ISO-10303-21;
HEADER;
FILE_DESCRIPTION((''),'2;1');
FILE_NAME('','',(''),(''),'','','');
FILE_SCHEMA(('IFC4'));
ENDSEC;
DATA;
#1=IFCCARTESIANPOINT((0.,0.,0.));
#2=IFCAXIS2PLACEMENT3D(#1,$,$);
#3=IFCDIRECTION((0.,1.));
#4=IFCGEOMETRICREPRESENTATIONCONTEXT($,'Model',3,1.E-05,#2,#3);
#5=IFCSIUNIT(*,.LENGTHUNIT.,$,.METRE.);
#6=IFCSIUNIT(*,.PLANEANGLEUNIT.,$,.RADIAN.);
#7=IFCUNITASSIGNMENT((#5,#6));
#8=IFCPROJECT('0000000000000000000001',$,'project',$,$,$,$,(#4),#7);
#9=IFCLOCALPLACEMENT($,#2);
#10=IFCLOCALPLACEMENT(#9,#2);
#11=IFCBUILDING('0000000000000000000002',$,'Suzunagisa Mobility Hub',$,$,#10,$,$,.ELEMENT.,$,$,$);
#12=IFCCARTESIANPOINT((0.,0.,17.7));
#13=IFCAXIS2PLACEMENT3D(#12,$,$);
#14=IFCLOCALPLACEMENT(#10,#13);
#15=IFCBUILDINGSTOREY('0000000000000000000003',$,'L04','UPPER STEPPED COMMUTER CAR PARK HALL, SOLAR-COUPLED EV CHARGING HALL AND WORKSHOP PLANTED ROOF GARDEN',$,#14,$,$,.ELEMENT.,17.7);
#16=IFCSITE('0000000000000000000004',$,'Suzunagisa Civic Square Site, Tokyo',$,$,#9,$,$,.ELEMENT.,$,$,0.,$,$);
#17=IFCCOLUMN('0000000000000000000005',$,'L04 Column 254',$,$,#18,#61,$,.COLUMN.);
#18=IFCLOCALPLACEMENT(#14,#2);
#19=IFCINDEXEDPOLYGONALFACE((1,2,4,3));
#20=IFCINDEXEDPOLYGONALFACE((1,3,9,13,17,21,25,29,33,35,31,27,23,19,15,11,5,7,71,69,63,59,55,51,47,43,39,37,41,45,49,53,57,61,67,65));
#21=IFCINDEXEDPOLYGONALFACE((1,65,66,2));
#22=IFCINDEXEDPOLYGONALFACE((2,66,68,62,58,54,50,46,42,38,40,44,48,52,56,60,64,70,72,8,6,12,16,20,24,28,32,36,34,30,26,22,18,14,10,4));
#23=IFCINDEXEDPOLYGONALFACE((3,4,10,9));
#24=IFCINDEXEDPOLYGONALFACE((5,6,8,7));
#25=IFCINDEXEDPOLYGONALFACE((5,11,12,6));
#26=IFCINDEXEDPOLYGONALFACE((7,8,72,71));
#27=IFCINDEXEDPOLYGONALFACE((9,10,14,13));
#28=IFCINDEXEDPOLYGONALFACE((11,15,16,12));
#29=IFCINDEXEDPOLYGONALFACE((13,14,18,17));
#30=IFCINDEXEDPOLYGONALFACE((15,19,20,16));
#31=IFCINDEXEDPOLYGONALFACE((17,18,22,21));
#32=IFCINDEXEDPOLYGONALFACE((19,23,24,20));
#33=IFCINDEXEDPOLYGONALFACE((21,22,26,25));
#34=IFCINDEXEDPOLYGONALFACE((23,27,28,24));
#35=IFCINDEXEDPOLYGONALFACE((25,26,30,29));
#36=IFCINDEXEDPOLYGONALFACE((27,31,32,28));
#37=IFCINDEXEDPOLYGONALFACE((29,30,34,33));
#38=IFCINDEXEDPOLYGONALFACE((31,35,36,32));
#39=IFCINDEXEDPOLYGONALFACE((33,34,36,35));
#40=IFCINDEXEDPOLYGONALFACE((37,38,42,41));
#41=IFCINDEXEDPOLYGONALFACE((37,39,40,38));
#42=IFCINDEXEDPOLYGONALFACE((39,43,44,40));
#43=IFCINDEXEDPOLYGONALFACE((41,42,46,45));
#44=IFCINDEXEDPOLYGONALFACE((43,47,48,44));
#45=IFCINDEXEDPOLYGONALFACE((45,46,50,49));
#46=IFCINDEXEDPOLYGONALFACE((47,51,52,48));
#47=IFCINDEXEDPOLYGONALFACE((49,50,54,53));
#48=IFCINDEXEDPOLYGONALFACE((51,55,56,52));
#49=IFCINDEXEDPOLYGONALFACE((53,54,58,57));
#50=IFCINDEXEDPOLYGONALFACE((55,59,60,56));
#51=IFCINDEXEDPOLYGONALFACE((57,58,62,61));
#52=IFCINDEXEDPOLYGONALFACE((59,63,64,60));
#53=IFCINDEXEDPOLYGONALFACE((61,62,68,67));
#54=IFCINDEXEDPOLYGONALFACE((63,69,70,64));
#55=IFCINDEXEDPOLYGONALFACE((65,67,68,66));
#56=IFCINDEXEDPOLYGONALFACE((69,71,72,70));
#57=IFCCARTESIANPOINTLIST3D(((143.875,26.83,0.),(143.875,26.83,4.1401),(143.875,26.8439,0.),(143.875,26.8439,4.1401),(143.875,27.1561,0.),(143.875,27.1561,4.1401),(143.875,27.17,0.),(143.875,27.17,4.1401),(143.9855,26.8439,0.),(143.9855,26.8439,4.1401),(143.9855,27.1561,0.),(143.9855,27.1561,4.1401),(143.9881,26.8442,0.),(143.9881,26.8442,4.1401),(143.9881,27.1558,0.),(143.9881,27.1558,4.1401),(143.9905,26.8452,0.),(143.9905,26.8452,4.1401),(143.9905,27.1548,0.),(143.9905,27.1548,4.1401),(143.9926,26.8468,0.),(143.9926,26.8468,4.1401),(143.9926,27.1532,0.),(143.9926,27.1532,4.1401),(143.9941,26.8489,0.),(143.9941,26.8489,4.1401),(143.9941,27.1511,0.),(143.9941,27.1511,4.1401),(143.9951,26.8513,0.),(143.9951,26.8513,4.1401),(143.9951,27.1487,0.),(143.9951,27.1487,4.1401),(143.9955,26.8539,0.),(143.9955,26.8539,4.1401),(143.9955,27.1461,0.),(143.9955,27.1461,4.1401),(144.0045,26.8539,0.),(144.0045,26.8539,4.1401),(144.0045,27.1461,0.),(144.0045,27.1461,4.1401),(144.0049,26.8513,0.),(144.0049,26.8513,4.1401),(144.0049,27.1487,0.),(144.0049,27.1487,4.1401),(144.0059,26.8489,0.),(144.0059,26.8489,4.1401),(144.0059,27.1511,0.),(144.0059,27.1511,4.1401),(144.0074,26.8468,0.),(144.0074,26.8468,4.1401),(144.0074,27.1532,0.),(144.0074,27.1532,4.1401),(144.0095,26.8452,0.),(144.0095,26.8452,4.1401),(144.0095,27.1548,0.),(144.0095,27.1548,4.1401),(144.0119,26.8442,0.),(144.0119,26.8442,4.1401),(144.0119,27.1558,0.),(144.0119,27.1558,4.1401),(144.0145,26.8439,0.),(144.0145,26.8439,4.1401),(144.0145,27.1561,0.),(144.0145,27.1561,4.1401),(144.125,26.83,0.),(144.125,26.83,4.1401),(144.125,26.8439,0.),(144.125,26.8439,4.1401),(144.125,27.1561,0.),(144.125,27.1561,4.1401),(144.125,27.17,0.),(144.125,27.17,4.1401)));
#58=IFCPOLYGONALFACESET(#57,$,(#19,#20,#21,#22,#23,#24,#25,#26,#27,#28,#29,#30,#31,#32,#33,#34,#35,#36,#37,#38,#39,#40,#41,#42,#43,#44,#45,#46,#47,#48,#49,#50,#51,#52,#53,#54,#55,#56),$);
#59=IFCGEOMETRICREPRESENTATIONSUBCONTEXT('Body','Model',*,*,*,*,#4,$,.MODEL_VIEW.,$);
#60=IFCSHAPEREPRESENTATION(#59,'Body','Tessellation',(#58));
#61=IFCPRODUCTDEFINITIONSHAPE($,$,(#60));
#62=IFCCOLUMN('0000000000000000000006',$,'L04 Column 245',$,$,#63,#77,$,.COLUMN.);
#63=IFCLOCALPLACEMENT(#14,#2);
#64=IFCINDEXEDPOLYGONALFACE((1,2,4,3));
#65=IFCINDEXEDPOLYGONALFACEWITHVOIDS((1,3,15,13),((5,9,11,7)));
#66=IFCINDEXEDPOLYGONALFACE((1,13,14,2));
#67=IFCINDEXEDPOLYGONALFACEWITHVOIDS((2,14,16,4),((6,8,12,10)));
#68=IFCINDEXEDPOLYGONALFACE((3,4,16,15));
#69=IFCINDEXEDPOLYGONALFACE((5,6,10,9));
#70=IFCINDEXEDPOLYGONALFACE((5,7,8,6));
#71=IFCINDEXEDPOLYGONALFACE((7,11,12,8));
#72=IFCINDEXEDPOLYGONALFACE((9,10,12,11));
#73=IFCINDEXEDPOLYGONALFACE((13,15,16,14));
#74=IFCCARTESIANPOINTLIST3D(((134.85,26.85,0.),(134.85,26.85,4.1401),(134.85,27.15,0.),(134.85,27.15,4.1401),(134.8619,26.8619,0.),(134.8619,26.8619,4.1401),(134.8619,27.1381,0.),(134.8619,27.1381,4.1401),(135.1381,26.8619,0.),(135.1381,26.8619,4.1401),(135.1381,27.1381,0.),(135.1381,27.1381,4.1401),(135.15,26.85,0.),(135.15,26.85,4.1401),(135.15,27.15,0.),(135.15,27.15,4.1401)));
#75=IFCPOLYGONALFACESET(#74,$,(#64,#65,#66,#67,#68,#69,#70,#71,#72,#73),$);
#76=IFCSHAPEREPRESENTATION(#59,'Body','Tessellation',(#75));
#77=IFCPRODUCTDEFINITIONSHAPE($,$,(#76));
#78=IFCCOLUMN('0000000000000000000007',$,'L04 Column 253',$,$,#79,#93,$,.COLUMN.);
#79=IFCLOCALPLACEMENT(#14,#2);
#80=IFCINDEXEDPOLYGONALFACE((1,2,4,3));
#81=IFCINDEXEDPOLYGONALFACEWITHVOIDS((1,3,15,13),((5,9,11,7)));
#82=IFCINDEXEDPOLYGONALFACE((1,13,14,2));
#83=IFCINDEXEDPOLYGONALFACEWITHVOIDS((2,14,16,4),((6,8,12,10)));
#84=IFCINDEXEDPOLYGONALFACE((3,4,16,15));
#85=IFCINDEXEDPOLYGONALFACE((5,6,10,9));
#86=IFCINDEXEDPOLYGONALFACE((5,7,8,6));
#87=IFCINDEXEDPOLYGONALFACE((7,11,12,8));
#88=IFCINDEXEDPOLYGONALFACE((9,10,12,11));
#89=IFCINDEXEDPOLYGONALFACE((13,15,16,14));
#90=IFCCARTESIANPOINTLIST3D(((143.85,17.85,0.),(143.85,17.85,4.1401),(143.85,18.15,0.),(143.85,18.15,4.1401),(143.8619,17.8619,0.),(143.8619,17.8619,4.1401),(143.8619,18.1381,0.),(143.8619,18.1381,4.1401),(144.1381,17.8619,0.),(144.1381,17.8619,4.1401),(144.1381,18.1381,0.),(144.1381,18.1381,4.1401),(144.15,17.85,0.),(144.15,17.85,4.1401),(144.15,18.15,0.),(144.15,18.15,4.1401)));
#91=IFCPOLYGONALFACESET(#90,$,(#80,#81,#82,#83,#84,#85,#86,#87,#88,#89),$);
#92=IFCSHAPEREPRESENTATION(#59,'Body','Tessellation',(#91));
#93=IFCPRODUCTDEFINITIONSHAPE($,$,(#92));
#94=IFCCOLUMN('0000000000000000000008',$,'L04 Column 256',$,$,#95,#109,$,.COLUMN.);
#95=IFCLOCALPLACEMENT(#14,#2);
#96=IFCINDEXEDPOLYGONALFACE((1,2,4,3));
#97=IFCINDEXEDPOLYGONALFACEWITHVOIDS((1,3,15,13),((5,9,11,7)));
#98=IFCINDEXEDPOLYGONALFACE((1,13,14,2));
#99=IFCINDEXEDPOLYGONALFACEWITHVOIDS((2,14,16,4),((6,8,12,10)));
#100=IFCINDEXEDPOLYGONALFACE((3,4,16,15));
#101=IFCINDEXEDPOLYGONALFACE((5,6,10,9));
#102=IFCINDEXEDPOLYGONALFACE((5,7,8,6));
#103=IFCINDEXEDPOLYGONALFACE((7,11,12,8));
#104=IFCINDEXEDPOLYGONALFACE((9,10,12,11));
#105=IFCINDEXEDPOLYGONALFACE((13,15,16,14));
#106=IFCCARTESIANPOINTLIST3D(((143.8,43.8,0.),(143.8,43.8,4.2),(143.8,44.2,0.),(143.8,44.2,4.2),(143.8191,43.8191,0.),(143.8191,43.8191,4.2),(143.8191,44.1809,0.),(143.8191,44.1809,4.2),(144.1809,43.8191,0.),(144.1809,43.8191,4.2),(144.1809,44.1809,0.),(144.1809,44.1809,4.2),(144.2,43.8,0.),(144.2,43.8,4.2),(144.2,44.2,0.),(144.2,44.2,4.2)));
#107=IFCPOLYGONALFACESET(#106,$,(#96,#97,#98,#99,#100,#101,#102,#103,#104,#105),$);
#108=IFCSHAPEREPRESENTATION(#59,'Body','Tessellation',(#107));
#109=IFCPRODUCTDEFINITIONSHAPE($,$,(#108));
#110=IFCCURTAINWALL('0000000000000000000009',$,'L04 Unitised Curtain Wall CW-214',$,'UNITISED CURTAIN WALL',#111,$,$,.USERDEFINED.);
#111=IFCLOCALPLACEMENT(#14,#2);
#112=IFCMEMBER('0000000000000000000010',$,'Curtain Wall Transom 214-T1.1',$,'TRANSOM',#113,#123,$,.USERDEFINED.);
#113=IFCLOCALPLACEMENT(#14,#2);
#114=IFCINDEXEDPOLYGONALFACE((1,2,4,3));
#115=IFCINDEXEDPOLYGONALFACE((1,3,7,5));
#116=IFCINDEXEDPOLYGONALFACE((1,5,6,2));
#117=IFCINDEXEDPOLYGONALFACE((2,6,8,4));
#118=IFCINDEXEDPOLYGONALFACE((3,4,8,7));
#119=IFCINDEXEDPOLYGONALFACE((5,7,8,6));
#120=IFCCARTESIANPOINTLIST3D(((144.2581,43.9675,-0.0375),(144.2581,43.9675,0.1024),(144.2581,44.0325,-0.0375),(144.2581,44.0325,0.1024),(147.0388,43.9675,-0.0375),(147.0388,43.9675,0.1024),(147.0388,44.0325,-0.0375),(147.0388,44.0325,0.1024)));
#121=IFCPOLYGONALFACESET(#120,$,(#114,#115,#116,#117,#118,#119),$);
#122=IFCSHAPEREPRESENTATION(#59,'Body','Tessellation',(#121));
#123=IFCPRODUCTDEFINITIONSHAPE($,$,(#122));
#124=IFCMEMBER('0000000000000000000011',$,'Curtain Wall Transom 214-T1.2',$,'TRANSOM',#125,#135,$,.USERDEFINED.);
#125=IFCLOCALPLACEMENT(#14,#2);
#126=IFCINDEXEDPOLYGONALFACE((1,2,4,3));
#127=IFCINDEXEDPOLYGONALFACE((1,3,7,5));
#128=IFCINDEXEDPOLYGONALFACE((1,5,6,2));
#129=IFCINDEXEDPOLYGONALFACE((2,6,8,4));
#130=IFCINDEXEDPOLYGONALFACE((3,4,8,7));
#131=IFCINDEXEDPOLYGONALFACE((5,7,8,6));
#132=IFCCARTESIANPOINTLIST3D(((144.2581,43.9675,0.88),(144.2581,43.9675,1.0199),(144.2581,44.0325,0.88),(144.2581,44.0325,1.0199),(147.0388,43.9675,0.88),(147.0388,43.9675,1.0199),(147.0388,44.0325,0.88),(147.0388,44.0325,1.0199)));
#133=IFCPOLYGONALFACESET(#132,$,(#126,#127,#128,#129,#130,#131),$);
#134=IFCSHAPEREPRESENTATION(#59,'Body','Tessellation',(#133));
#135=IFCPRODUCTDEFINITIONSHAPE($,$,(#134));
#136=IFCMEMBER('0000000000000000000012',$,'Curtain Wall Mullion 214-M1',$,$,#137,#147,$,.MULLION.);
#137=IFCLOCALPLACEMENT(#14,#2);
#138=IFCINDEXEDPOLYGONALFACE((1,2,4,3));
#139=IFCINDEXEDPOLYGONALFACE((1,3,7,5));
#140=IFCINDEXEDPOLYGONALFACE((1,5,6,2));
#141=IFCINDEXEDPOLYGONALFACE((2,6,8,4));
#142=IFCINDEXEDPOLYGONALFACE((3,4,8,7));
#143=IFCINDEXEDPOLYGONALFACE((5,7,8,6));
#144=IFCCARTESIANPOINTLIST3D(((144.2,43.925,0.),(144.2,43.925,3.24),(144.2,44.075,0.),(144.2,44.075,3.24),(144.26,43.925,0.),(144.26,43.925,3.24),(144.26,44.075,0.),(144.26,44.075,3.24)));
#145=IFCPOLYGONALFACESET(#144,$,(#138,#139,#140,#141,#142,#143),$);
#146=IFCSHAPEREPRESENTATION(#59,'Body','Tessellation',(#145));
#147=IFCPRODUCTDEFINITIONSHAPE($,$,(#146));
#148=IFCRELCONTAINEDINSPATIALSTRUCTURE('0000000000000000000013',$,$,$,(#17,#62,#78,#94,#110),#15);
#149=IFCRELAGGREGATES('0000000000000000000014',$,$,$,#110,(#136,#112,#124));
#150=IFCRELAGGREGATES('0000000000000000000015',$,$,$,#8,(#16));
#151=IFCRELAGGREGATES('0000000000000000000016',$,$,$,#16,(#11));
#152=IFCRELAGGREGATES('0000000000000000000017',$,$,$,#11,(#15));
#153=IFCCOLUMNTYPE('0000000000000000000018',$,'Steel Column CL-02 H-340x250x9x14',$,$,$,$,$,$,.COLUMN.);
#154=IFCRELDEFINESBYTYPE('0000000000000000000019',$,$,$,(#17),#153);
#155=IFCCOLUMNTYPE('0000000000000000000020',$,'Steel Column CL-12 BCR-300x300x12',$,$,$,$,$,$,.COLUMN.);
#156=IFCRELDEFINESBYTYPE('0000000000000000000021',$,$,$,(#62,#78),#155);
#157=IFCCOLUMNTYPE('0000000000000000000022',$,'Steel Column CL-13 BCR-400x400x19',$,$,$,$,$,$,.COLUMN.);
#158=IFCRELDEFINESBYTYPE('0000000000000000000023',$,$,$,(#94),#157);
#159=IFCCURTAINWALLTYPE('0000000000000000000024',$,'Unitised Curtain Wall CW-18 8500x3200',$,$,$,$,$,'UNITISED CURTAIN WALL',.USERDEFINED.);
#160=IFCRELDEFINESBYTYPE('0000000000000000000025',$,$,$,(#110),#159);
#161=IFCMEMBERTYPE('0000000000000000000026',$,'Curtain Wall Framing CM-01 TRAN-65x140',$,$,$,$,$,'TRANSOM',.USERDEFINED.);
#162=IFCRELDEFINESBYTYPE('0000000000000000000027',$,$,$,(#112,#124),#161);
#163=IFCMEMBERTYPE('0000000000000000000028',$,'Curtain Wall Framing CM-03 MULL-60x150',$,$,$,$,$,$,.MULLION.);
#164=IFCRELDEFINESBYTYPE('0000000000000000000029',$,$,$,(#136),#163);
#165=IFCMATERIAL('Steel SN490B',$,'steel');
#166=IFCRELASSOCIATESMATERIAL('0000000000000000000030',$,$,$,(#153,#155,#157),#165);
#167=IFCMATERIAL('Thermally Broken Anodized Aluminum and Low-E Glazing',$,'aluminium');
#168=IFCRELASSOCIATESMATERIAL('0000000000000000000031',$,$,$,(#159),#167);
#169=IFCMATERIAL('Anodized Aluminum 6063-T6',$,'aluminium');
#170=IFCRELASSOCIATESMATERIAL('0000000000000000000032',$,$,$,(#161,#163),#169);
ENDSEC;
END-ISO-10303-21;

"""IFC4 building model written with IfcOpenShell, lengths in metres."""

from ifc_helpers import new_model, si_unit, direction, frame, origin, origin_2d, place, context, subcontext, project, spatial, rectangle, hollow_rectangle, i_section, extrude, material, material_profile, profile_set, type_object, element, aggregate, save


model = new_model("IFC4")

# Units and contexts
model_context = context("Model", 3, precision=1e-05, world=origin(), true_north=direction((0.0, 1.0)))
body_context = subcontext(model_context, "Body", "Model", "MODEL_VIEW")
ifc_project = project(units=[si_unit("LENGTHUNIT", "METRE"), si_unit("PLANEANGLEUNIT", "RADIAN")], contexts=[model_context])

# Site, building, storey
site_placement = place(None, origin())
site = spatial("IfcSite", under=ifc_project, at=site_placement, Name="Suzunagisa Civic Square Site, Tokyo", CompositionType="ELEMENT", RefElevation=0.0)
building_placement = place(site_placement, origin())
building = spatial("IfcBuilding", under=site, at=building_placement, Name="Suzunagisa Mobility Hub", CompositionType="ELEMENT")
storey_placement = place(building_placement, frame((0.0, 0.0, 17.7)))
storey = spatial("IfcBuildingStorey", under=building, at=storey_placement, Name="L04", Description="UPPER STEPPED COMMUTER CAR PARK HALL, SOLAR-COUPLED EV CHARGING HALL AND WORKSHOP PLANTED ROOF GARDEN", CompositionType="ELEMENT", Elevation=17.7)

# Columns
ifc_material_1 = material(Name="Steel SN490B", Category="steel")
ifc_material_profile_1 = material_profile(ifc_material_1, i_section(OverallWidth=0.25, OverallDepth=0.3401, WebThickness=0.009, FlangeThickness=0.0139, FilletRadius=0.01, at=origin_2d()), Name="H-340x250x9x14")
ifc_profile_set_1 = profile_set([ifc_material_profile_1], Name="Steel SN490B")
column_type_1 = type_object("IfcColumnType", Name="Steel Column CL-02 H-340x250x9x14", PredefinedType="COLUMN", material=ifc_profile_set_1)
column_1_placement = place(storey_placement, frame((144.0, 27.0, 0.0), z_axis=(0.0, 0.0, 1.0), x_axis=(1.0, 0.0, 0.0)))
element("IfcColumn", 1, at=column_1_placement, inside=storey, type_object=column_type_1, Name="L04 Column 254", PredefinedType="COLUMN", context=body_context, shape_type="SweptSolid", body=[
    extrude(i_section(OverallWidth=0.25, OverallDepth=0.3401, WebThickness=0.009, FlangeThickness=0.0139, FilletRadius=0.01, at=origin_2d()), origin(), (0.0, 0.0, 1.0), 4.1401),
])
ifc_material_profile_2 = material_profile(ifc_material_1, hollow_rectangle(XDim=0.3, YDim=0.3, WallThickness=0.012, at=origin_2d()), Name="BCR-300x300x12")
ifc_profile_set_2 = profile_set([ifc_material_profile_2], Name="Steel SN490B")
column_type_2 = type_object("IfcColumnType", Name="Steel Column CL-12 BCR-300x300x12", PredefinedType="COLUMN", material=ifc_profile_set_2)
for number, where, z_axis, x_axis, name in (
    (2, (135.0, 27.0, 0.0), (0.0, 0.0, 1.0), (1.0, 0.0, 0.0), "L04 Column 245"),
    (3, (144.0, 18.0, 0.0), (0.0, 0.0, 1.0), (1.0, 0.0, 0.0), "L04 Column 253"),
):
    element("IfcColumn", number, at=place(storey_placement, frame(where, z_axis=z_axis, x_axis=x_axis)), inside=storey, type_object=column_type_2, Name=name, PredefinedType="COLUMN", context=body_context, shape_type="SweptSolid", body=[
        extrude(hollow_rectangle(XDim=0.3, YDim=0.3, WallThickness=0.012, at=origin_2d()), origin(), (0.0, 0.0, 1.0), 4.1401),
    ])
ifc_material_profile_3 = material_profile(ifc_material_1, hollow_rectangle(XDim=0.3999, YDim=0.3999, WallThickness=0.019, at=origin_2d()), Name="BCR-400x400x19")
ifc_profile_set_3 = profile_set([ifc_material_profile_3], Name="Steel SN490B")
column_type_3 = type_object("IfcColumnType", Name="Steel Column CL-13 BCR-400x400x19", PredefinedType="COLUMN", material=ifc_profile_set_3)
column_2_placement = place(storey_placement, frame((144.0, 44.0, 0.0), z_axis=(0.0, 0.0, 1.0), x_axis=(1.0, 0.0, 0.0)))
element("IfcColumn", 4, at=column_2_placement, inside=storey, type_object=column_type_3, Name="L04 Column 256", PredefinedType="COLUMN", context=body_context, shape_type="SweptSolid", body=[
    extrude(hollow_rectangle(XDim=0.3999, YDim=0.3999, WallThickness=0.019, at=origin_2d()), origin(), (0.0, 0.0, 1.0), 4.2),
])

# Curtain wall, members
ifc_material_2 = material(Name="Thermally Broken Anodized Aluminum and Low-E Glazing", Category="aluminium")
curtain_wall_type = type_object("IfcCurtainWallType", Name="Unitised Curtain Wall CW-18 8500x3200", ElementType="UNITISED CURTAIN WALL", PredefinedType="USERDEFINED", material=ifc_material_2)
curtain_wall_placement = place(storey_placement, origin())
curtain_wall = element("IfcCurtainWall", 5, at=curtain_wall_placement, inside=storey, type_object=curtain_wall_type, Name="L04 Unitised Curtain Wall CW-214", ObjectType="UNITISED CURTAIN WALL", PredefinedType="USERDEFINED")
ifc_material_3 = material(Name="Anodized Aluminum 6063-T6", Category="aluminium")
ifc_material_profile_4 = material_profile(ifc_material_3, rectangle(XDim=0.0649, YDim=0.1399, at=origin_2d()), Name="TRAN-65x140")
ifc_profile_set_4 = profile_set([ifc_material_profile_4], Name="Anodized Aluminum 6063-T6")
member_type_1 = type_object("IfcMemberType", Name="Curtain Wall Framing CM-01 TRAN-65x140", ElementType="TRANSOM", PredefinedType="USERDEFINED", material=ifc_profile_set_4)
member_1_placement = place(storey_placement, frame((144.2581, 44.0, 0.0325), z_axis=(1.0, 0.0, 0.0), x_axis=(0.0, 1.0, 0.0)))
member_1 = element("IfcMember", 6, at=member_1_placement, type_object=member_type_1, Name="Curtain Wall Transom 214-T1.1", ObjectType="TRANSOM", PredefinedType="USERDEFINED", context=body_context, shape_type="SweptSolid", body=[
    extrude(rectangle(XDim=0.0649, YDim=0.1399, at=origin_2d()), origin(), (0.0, 0.0, 1.0), 2.7808),
])
member_2_placement = place(storey_placement, frame((144.2581, 44.0, 0.95), z_axis=(1.0, 0.0, 0.0), x_axis=(0.0, 1.0, 0.0)))
member_2 = element("IfcMember", 7, at=member_2_placement, type_object=member_type_1, Name="Curtain Wall Transom 214-T1.2", ObjectType="TRANSOM", PredefinedType="USERDEFINED", context=body_context, shape_type="SweptSolid", body=[
    extrude(rectangle(XDim=0.0649, YDim=0.1399, at=origin_2d()), origin(), (0.0, 0.0, 1.0), 2.7808),
])
ifc_material_profile_5 = material_profile(ifc_material_3, rectangle(XDim=0.0601, YDim=0.1499, at=origin_2d()), Name="MULL-60x150")
ifc_profile_set_5 = profile_set([ifc_material_profile_5], Name="Anodized Aluminum 6063-T6")
member_type_2 = type_object("IfcMemberType", Name="Curtain Wall Framing CM-03 MULL-60x150", PredefinedType="MULLION", material=ifc_profile_set_5)
member_3_placement = place(storey_placement, frame((144.23, 44.0, 0.0), z_axis=(0.0, 0.0, 1.0), x_axis=(1.0, 0.0, 0.0)))
member_3 = element("IfcMember", 8, at=member_3_placement, type_object=member_type_2, Name="Curtain Wall Mullion 214-M1", PredefinedType="MULLION", context=body_context, shape_type="SweptSolid", body=[
    extrude(rectangle(XDim=0.0601, YDim=0.1499, at=origin_2d()), origin(), (0.0, 0.0, 1.0), 3.24),
])
aggregate(curtain_wall, [member_3, member_1, member_2])

save(model, "model.ifc")
